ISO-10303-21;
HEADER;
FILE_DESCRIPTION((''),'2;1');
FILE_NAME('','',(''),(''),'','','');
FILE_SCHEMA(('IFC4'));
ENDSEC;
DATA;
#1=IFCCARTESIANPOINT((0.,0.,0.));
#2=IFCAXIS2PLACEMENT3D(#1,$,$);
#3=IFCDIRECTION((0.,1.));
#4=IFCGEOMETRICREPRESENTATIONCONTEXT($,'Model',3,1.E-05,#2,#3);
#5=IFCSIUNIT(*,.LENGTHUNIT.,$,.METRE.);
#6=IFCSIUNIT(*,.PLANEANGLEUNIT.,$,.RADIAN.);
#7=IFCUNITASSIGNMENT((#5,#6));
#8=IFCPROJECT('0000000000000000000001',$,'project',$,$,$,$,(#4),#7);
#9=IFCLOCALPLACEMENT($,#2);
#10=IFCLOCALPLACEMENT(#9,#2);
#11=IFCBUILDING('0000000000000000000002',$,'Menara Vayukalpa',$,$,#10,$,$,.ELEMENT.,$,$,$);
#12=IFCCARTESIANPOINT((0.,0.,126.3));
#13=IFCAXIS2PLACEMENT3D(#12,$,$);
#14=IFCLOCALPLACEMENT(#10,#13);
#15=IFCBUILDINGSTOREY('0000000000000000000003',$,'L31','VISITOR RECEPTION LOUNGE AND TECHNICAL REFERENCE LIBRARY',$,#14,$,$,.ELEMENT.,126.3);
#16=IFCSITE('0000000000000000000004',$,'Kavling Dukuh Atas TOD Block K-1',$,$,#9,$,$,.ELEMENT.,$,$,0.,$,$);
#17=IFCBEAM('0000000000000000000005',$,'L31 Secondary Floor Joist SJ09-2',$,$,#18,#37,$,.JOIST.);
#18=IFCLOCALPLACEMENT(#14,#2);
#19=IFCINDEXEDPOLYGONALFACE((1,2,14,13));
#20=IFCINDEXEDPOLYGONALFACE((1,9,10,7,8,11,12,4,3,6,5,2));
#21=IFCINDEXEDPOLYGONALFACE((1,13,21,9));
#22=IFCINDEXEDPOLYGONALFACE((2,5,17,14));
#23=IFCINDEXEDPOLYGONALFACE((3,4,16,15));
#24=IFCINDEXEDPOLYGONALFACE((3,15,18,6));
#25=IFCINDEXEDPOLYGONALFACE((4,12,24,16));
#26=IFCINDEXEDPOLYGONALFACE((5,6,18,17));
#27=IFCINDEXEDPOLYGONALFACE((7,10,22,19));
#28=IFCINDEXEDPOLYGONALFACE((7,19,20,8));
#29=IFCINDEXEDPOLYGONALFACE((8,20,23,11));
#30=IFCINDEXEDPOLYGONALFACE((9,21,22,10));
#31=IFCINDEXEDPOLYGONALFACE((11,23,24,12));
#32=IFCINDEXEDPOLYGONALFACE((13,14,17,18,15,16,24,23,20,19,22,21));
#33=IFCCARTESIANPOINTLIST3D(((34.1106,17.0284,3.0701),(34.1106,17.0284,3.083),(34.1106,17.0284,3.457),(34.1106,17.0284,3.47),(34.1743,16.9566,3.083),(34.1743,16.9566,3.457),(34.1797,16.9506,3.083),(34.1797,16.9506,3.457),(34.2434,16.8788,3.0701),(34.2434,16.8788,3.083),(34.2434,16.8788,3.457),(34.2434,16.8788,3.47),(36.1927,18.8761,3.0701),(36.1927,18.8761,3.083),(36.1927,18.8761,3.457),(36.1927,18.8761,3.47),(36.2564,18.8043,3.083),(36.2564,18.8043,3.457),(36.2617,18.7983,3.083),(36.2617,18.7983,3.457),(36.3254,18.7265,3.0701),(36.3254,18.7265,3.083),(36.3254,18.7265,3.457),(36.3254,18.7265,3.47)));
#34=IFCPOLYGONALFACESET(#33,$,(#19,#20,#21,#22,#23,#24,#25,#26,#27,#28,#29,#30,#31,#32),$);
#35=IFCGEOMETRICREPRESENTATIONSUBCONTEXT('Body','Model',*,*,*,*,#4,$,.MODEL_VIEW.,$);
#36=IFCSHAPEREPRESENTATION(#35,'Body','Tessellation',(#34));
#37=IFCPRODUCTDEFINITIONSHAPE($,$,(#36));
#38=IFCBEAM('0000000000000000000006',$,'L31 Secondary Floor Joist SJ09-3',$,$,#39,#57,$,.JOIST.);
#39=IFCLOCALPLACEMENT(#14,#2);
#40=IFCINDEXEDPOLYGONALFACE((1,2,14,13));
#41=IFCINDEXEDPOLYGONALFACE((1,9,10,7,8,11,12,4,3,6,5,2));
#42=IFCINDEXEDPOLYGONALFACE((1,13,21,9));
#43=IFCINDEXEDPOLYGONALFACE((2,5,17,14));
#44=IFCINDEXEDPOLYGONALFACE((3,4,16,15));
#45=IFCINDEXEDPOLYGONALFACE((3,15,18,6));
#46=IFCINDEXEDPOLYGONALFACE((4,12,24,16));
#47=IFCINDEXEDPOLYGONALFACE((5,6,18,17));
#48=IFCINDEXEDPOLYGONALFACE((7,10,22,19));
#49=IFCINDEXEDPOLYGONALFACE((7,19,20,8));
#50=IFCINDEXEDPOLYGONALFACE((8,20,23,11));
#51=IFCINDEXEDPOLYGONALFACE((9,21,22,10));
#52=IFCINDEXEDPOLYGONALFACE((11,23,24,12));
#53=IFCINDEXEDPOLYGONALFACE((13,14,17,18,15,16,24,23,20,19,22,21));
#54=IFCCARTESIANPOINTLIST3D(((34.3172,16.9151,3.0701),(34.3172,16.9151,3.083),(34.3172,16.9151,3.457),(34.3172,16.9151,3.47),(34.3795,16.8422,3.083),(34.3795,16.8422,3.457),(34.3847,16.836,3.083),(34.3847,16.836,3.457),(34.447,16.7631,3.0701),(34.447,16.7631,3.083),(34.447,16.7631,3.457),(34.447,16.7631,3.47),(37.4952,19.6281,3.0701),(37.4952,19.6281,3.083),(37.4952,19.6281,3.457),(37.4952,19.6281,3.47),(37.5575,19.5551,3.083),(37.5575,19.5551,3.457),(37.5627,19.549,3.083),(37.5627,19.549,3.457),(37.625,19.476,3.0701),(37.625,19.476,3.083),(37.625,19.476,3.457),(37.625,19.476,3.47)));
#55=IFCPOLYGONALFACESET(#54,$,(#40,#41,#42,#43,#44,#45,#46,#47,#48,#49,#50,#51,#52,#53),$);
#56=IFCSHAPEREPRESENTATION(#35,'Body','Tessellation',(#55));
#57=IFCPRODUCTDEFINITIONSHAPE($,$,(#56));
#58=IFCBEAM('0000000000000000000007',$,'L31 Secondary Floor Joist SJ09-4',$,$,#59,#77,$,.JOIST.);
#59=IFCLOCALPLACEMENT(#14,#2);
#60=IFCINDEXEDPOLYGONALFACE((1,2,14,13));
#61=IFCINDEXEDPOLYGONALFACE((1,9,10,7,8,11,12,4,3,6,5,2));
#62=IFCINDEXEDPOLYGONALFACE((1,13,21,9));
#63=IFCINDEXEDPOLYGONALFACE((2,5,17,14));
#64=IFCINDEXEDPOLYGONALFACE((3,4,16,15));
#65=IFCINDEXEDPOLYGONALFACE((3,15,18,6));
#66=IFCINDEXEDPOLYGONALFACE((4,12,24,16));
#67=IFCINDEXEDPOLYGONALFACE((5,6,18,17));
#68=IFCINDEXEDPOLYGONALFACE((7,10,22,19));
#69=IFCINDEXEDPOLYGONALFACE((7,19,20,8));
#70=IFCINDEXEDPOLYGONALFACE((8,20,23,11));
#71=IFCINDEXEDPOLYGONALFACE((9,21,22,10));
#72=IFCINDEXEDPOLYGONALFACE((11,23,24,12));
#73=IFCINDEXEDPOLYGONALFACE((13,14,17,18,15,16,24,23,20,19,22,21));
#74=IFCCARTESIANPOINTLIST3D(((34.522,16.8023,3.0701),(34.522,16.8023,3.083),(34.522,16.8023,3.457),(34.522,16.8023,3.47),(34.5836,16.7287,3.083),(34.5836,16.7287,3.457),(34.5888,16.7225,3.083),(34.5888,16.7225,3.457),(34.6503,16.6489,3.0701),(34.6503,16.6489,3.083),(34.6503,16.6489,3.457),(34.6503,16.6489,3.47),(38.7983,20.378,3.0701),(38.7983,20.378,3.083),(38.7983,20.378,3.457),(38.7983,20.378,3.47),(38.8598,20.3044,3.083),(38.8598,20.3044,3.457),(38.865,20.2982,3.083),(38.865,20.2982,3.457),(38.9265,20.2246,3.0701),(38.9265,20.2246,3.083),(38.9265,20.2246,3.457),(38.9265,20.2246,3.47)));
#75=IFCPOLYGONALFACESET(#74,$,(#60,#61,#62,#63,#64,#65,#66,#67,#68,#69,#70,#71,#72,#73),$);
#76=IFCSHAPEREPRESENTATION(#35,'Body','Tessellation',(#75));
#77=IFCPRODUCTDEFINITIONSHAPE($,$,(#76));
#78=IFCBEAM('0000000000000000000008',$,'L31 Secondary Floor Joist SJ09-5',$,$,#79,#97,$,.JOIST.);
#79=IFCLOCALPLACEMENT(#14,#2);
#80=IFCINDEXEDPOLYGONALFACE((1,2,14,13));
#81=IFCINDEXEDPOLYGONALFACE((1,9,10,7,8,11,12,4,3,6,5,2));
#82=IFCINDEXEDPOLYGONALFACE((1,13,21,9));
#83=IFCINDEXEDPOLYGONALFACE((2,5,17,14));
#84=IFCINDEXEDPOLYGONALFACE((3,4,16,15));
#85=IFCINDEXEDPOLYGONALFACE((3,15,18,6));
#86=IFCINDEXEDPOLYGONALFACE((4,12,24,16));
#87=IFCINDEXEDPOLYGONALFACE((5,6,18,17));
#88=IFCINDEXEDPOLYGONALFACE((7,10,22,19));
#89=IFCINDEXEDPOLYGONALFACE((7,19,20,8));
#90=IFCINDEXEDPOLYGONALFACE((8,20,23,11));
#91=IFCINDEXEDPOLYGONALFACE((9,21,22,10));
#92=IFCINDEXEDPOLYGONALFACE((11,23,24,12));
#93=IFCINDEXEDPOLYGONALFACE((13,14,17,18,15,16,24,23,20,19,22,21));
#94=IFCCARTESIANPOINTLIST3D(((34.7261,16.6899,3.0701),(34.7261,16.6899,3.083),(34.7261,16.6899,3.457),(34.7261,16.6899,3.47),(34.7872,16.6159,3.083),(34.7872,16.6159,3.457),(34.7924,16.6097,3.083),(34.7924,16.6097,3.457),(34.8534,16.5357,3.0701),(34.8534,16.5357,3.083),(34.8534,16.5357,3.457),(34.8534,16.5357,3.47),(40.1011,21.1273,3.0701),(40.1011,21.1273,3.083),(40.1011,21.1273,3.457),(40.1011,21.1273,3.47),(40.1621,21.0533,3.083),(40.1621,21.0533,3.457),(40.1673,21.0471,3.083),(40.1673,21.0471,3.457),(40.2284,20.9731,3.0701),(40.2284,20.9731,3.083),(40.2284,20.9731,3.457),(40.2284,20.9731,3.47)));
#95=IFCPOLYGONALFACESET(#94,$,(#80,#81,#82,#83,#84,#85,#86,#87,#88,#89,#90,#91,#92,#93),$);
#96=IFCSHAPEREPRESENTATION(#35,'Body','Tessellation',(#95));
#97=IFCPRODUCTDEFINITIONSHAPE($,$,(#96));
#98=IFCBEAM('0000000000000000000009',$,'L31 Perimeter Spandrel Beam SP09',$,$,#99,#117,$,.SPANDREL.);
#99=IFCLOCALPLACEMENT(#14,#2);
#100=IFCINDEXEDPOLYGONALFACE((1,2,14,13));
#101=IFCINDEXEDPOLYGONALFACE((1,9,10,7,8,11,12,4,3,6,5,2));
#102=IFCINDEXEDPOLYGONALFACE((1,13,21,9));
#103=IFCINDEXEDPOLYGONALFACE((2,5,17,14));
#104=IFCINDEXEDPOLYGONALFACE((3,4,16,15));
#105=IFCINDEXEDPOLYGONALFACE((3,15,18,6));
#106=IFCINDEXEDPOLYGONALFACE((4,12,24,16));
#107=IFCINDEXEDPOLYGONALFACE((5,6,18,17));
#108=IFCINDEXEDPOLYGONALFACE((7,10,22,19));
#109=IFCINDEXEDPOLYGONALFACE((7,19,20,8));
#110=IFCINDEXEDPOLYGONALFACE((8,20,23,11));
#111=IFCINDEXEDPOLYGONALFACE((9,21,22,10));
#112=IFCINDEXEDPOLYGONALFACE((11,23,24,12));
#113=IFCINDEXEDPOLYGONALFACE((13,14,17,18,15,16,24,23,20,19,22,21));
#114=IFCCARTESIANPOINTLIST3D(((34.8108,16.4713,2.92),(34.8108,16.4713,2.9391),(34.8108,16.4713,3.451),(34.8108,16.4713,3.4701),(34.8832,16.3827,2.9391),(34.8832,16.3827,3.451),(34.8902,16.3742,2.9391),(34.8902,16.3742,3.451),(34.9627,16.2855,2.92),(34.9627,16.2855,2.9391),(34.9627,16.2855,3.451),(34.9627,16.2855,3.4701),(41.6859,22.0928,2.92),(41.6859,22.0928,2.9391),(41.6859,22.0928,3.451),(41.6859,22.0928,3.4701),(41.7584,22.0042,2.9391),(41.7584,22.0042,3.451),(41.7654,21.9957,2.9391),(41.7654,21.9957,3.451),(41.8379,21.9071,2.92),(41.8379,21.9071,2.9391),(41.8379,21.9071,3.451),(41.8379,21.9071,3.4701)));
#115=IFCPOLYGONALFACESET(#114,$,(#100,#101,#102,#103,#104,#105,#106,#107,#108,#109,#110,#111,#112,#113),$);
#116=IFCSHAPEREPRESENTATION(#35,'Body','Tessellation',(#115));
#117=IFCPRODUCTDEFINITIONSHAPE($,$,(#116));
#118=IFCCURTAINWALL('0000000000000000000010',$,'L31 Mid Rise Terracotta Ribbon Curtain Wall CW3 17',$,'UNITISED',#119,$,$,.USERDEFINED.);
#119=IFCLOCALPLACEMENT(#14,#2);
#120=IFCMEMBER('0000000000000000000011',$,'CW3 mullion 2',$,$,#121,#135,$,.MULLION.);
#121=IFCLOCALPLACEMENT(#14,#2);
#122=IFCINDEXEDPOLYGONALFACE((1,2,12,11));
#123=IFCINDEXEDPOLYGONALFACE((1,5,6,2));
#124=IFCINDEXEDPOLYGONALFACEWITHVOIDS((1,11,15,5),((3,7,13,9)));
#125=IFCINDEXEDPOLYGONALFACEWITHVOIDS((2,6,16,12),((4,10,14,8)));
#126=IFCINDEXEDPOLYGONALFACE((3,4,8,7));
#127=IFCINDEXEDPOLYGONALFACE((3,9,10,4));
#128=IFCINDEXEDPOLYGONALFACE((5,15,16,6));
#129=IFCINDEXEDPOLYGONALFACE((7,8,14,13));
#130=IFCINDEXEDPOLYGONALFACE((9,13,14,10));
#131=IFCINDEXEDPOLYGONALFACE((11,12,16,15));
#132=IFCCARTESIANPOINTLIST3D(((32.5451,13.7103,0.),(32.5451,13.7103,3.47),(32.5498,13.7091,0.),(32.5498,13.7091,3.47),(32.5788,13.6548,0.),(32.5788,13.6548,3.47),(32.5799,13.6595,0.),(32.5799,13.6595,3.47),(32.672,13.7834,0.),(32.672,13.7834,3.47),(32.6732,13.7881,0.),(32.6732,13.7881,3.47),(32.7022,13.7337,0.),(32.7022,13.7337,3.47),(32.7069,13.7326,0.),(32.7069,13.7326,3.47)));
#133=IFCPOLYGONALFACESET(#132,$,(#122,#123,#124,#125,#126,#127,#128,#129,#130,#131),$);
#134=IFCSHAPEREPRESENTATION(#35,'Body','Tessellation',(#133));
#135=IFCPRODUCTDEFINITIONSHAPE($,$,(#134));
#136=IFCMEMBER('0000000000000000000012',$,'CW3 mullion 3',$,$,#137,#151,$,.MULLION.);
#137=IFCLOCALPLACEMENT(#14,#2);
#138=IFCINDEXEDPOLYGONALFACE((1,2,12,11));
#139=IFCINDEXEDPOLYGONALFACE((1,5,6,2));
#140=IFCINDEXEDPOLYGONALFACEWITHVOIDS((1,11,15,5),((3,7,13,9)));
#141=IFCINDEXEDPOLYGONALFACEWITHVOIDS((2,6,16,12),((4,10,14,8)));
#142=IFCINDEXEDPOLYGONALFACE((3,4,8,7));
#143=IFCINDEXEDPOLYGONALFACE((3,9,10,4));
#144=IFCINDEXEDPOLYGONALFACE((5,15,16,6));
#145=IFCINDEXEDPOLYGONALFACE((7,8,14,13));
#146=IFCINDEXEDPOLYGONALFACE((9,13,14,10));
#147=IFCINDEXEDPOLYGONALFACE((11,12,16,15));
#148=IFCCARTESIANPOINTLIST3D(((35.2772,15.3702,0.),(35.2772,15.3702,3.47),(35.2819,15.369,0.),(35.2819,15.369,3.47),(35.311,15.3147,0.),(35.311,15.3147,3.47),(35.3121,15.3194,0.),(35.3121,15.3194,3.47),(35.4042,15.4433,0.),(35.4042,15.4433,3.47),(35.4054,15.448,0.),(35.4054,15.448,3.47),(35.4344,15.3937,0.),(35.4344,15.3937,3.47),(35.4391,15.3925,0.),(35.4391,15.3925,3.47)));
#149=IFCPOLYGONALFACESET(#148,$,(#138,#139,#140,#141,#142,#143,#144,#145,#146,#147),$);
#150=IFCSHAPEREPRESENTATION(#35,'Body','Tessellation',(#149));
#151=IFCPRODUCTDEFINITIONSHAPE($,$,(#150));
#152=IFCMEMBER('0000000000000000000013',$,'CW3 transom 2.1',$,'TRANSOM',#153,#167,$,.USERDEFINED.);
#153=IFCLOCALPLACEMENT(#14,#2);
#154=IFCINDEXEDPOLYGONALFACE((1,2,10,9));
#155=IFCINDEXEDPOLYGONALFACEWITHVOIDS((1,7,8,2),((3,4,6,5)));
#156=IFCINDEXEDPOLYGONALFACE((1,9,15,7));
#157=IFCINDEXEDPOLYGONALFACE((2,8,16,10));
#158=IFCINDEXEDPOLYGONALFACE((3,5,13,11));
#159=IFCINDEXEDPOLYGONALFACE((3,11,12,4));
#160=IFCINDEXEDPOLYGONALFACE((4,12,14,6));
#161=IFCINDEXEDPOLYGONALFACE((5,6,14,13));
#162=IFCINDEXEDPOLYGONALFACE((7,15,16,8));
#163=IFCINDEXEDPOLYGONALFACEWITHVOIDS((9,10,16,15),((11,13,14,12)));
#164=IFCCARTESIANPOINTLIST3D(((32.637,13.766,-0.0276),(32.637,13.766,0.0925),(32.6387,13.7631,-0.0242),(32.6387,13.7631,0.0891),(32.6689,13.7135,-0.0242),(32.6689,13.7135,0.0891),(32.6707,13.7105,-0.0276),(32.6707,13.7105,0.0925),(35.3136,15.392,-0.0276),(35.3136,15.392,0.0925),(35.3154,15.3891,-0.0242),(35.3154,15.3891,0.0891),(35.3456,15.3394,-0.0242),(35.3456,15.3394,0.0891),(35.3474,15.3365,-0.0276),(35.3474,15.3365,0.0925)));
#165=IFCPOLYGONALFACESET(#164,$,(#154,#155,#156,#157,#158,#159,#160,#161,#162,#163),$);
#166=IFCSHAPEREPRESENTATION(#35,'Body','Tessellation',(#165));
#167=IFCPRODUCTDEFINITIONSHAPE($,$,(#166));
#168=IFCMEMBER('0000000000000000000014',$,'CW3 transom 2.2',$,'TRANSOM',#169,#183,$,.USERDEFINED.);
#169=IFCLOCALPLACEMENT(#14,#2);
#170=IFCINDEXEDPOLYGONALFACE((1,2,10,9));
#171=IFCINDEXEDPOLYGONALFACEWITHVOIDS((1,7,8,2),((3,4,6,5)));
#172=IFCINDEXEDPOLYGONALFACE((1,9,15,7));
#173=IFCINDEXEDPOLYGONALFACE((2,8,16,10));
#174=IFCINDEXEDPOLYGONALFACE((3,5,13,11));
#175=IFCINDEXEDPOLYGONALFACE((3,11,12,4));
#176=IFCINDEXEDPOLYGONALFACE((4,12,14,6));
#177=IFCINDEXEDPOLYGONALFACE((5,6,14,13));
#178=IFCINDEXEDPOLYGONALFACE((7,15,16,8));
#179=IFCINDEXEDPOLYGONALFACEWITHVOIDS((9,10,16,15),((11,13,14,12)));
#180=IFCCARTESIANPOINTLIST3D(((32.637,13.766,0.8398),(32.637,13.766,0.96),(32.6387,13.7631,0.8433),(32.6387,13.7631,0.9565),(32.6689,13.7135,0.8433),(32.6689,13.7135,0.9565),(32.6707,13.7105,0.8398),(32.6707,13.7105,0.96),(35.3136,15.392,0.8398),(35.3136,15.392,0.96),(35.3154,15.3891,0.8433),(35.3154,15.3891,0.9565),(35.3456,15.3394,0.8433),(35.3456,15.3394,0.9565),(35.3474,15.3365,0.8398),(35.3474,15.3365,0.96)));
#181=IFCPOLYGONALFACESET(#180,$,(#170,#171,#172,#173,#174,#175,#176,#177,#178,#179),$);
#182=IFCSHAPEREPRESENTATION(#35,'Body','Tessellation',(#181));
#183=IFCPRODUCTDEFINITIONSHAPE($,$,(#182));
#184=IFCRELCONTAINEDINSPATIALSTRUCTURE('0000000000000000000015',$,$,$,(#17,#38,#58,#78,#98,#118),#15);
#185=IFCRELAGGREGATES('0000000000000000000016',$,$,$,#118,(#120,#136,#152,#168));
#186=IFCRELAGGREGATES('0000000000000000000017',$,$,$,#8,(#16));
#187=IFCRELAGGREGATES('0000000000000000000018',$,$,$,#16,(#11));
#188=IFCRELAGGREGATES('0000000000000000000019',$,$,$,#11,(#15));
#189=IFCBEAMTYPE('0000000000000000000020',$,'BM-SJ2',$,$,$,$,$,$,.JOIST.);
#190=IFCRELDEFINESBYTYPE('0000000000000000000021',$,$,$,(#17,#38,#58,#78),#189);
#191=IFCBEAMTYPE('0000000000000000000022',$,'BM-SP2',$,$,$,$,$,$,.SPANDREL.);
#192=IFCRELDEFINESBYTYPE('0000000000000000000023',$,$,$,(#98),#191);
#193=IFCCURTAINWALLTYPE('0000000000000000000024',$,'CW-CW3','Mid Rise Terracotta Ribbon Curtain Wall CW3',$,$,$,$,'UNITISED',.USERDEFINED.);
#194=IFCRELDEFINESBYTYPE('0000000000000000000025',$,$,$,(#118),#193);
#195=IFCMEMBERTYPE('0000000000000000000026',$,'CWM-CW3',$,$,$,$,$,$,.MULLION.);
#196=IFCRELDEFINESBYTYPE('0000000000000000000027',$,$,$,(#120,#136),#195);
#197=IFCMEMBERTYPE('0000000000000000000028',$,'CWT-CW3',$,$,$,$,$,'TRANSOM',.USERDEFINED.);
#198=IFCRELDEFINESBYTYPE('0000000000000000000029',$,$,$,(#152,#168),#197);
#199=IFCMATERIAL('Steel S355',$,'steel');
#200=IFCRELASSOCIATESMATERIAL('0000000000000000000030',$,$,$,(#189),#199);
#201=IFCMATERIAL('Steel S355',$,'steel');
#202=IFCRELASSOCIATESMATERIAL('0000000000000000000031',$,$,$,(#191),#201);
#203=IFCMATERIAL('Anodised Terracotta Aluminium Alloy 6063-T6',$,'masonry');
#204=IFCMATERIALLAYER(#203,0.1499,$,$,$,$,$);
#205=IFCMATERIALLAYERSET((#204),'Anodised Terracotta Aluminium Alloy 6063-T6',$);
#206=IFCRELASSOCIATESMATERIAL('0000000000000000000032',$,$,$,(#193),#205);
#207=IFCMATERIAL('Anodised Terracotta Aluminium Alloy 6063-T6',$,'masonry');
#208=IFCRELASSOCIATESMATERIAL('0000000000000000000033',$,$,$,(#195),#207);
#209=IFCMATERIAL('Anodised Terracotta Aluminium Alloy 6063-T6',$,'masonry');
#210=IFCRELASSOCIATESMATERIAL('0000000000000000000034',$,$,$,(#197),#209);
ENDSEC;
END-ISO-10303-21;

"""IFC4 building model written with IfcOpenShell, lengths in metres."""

from ifc_helpers import new_model, si_unit, direction, frame, origin, origin_2d, place, context, subcontext, project, spatial, hollow_rectangle, i_section, extrude, material, layer, layer_set, material_profile, profile_set, type_object, element, aggregate, save


model = new_model("IFC4")

# Units and contexts
model_context = context("Model", 3, precision=1e-05, world=origin(), true_north=direction((0.0, 1.0)))
body_context = subcontext(model_context, "Body", "Model", "MODEL_VIEW")
ifc_project = project(units=[si_unit("LENGTHUNIT", "METRE"), si_unit("PLANEANGLEUNIT", "RADIAN")], contexts=[model_context])

# Site, building, storey
site_placement = place(None, origin())
site = spatial("IfcSite", under=ifc_project, at=site_placement, Name="Kavling Dukuh Atas TOD Block K-1", CompositionType="ELEMENT", RefElevation=0.0)
building_placement = place(site_placement, origin())
building = spatial("IfcBuilding", under=site, at=building_placement, Name="Menara Vayukalpa", CompositionType="ELEMENT")
storey_placement = place(building_placement, frame((0.0, 0.0, 126.3)))
storey = spatial("IfcBuildingStorey", under=building, at=storey_placement, Name="L31", Description="VISITOR RECEPTION LOUNGE AND TECHNICAL REFERENCE LIBRARY", CompositionType="ELEMENT", Elevation=126.3)

# Beams
ifc_material_1 = material(Name="Steel S355", Category="steel")
ifc_material_profile_1 = material_profile(ifc_material_1, i_section(OverallWidth=0.2, OverallDepth=0.3999, WebThickness=0.0081, FlangeThickness=0.0129, at=origin_2d()), Name="WF 400x200x8x13")
ifc_profile_set_1 = profile_set([ifc_material_profile_1], Name="Steel S355")
beam_type_1 = type_object("IfcBeamType", Name="BM-SJ2", PredefinedType="JOIST", material=ifc_profile_set_1)
beam_1_placement = place(storey_placement, frame((34.177, 16.9536, 3.27), z_axis=(0.747951, 0.663754, 0.0), x_axis=(-0.663754, 0.747951, 0.0)))
element("IfcBeam", 1, at=beam_1_placement, inside=storey, type_object=beam_type_1, Name="L31 Secondary Floor Joist SJ09-2", PredefinedType="JOIST", context=body_context, shape_type="SweptSolid", body=[
    extrude(i_section(OverallWidth=0.2, OverallDepth=0.3999, WebThickness=0.0081, FlangeThickness=0.0129, at=origin_2d()), origin(), (0.0, 0.0, 1.0), 2.7837),
])
beam_2_placement = place(storey_placement, frame((34.3821, 16.8391, 3.27), z_axis=(0.760567, 0.64926, 0.0), x_axis=(-0.64926, 0.760567, 0.0)))
element("IfcBeam", 2, at=beam_2_placement, inside=storey, type_object=beam_type_1, Name="L31 Secondary Floor Joist SJ09-3", PredefinedType="JOIST", context=body_context, shape_type="SweptSolid", body=[
    extrude(i_section(OverallWidth=0.2, OverallDepth=0.3999, WebThickness=0.0081, FlangeThickness=0.0129, at=origin_2d()), origin(), (0.0, 0.0, 1.0), 4.1785),
])
beam_3_placement = place(storey_placement, frame((34.5862, 16.7256, 3.27), z_axis=(0.76714, 0.64148, 0.0), x_axis=(-0.64148, 0.76714, 0.0)))
element("IfcBeam", 3, at=beam_3_placement, inside=storey, type_object=beam_type_1, Name="L31 Secondary Floor Joist SJ09-4", PredefinedType="JOIST", context=body_context, shape_type="SweptSolid", body=[
    extrude(i_section(OverallWidth=0.2, OverallDepth=0.3999, WebThickness=0.0081, FlangeThickness=0.0129, at=origin_2d()), origin(), (0.0, 0.0, 1.0), 5.5742),
])
beam_4_placement = place(storey_placement, frame((34.7898, 16.6128, 3.27), z_axis=(0.771153, 0.63665, 0.0), x_axis=(-0.63665, 0.771153, 0.0)))
element("IfcBeam", 4, at=beam_4_placement, inside=storey, type_object=beam_type_1, Name="L31 Secondary Floor Joist SJ09-5", PredefinedType="JOIST", context=body_context, shape_type="SweptSolid", body=[
    extrude(i_section(OverallWidth=0.2, OverallDepth=0.3999, WebThickness=0.0081, FlangeThickness=0.0129, at=origin_2d()), origin(), (0.0, 0.0, 1.0), 6.97),
])
ifc_material_2 = material(Name="Steel S355", Category="steel")
ifc_material_profile_2 = material_profile(ifc_material_2, i_section(OverallWidth=0.24, OverallDepth=0.55, WebThickness=0.011, FlangeThickness=0.019, at=origin_2d()), Name="WF 550x240x11x19")
ifc_profile_set_2 = profile_set([ifc_material_profile_2], Name="Steel S355")
beam_type_2 = type_object("IfcBeamType", Name="BM-SP2", PredefinedType="SPANDREL", material=ifc_profile_set_2)
beam_5_placement = place(storey_placement, frame((34.8867, 16.3784, 3.1951), z_axis=(0.774157, 0.632994, 0.0), x_axis=(-0.632994, 0.774157, 0.0)))
element("IfcBeam", 5, at=beam_5_placement, inside=storey, type_object=beam_type_2, Name="L31 Perimeter Spandrel Beam SP09", PredefinedType="SPANDREL", context=body_context, shape_type="SweptSolid", body=[
    extrude(i_section(OverallWidth=0.24, OverallDepth=0.55, WebThickness=0.011, FlangeThickness=0.019, at=origin_2d()), origin(), (0.0, 0.0, 1.0), 8.8809),
])

# Curtain wall, members
ifc_material_3 = material(Name="Anodised Terracotta Aluminium Alloy 6063-T6", Category="masonry")
ifc_layer_1 = layer(ifc_material_3, 0.1499)
ifc_layer_set_1 = layer_set([ifc_layer_1], Name="Anodised Terracotta Aluminium Alloy 6063-T6")
curtain_wall_type = type_object("IfcCurtainWallType", Name="CW-CW3", Description="Mid Rise Terracotta Ribbon Curtain Wall CW3", ElementType="UNITISED", PredefinedType="USERDEFINED", material=ifc_layer_set_1)
curtain_wall_placement = place(storey_placement, origin())
curtain_wall = element("IfcCurtainWall", 6, at=curtain_wall_placement, inside=storey, type_object=curtain_wall_type, Name="L31 Mid Rise Terracotta Ribbon Curtain Wall CW3 17", ObjectType="UNITISED", PredefinedType="USERDEFINED")
ifc_material_4 = material(Name="Anodised Terracotta Aluminium Alloy 6063-T6", Category="masonry")
ifc_material_profile_3 = material_profile(ifc_material_4, hollow_rectangle(XDim=0.0649, YDim=0.1499, WallThickness=0.0034, at=origin_2d()), Name="ALU 65x150x3.5")
ifc_profile_set_3 = profile_set([ifc_material_profile_3], Name="Anodised Terracotta Aluminium Alloy 6063-T6")
member_type_1 = type_object("IfcMemberType", Name="CWM-CW3", PredefinedType="MULLION", material=ifc_profile_set_3)
member_1_placement = place(storey_placement, frame((32.626, 13.7214, 0.0), z_axis=(0.0, 0.0, 1.0), x_axis=(-0.519183, 0.854663, 0.0)))
member_1 = element("IfcMember", 7, at=member_1_placement, type_object=member_type_1, Name="CW3 mullion 2", PredefinedType="MULLION", context=body_context, shape_type="SweptSolid", body=[
    extrude(hollow_rectangle(XDim=0.0649, YDim=0.1499, WallThickness=0.0034, at=origin_2d()), origin(), (0.0, 0.0, 1.0), 3.47),
])
member_2_placement = place(storey_placement, frame((35.3582, 15.3813, 0.0), z_axis=(0.0, 0.0, 1.0), x_axis=(-0.519183, 0.854663, 0.0)))
member_2 = element("IfcMember", 8, at=member_2_placement, type_object=member_type_1, Name="CW3 mullion 3", PredefinedType="MULLION", context=body_context, shape_type="SweptSolid", body=[
    extrude(hollow_rectangle(XDim=0.0649, YDim=0.1499, WallThickness=0.0034, at=origin_2d()), origin(), (0.0, 0.0, 1.0), 3.47),
])
ifc_material_5 = material(Name="Anodised Terracotta Aluminium Alloy 6063-T6", Category="masonry")
ifc_material_profile_4 = material_profile(ifc_material_5, hollow_rectangle(XDim=0.0649, YDim=0.1201, WallThickness=0.0034, at=origin_2d()), Name="ALU 65x120x3.5")
ifc_profile_set_4 = profile_set([ifc_material_profile_4], Name="Anodised Terracotta Aluminium Alloy 6063-T6")
member_type_2 = type_object("IfcMemberType", Name="CWT-CW3", ElementType="TRANSOM", PredefinedType="USERDEFINED", material=ifc_profile_set_4)
member_3_placement = place(storey_placement, frame((32.6538, 13.7383, 0.0325), z_axis=(0.854674, 0.519165, 0.0), x_axis=(-0.519165, 0.854674, 0.0)))
member_3 = element("IfcMember", 9, at=member_3_placement, type_object=member_type_2, Name="CW3 transom 2.1", ObjectType="TRANSOM", PredefinedType="USERDEFINED", context=body_context, shape_type="SweptSolid", body=[
    extrude(hollow_rectangle(XDim=0.0649, YDim=0.1201, WallThickness=0.0034, at=origin_2d()), origin(), (0.0, 0.0, 1.0), 3.1318),
])
member_4_placement = place(storey_placement, frame((32.6538, 13.7383, 0.8999), z_axis=(0.854674, 0.519165, 0.0), x_axis=(-0.519165, 0.854674, 0.0)))
member_4 = element("IfcMember", 10, at=member_4_placement, type_object=member_type_2, Name="CW3 transom 2.2", ObjectType="TRANSOM", PredefinedType="USERDEFINED", context=body_context, shape_type="SweptSolid", body=[
    extrude(hollow_rectangle(XDim=0.0649, YDim=0.1201, WallThickness=0.0034, at=origin_2d()), origin(), (0.0, 0.0, 1.0), 3.1318),
])
aggregate(curtain_wall, [member_1, member_2, member_3, member_4])

save(model, "model.ifc")
